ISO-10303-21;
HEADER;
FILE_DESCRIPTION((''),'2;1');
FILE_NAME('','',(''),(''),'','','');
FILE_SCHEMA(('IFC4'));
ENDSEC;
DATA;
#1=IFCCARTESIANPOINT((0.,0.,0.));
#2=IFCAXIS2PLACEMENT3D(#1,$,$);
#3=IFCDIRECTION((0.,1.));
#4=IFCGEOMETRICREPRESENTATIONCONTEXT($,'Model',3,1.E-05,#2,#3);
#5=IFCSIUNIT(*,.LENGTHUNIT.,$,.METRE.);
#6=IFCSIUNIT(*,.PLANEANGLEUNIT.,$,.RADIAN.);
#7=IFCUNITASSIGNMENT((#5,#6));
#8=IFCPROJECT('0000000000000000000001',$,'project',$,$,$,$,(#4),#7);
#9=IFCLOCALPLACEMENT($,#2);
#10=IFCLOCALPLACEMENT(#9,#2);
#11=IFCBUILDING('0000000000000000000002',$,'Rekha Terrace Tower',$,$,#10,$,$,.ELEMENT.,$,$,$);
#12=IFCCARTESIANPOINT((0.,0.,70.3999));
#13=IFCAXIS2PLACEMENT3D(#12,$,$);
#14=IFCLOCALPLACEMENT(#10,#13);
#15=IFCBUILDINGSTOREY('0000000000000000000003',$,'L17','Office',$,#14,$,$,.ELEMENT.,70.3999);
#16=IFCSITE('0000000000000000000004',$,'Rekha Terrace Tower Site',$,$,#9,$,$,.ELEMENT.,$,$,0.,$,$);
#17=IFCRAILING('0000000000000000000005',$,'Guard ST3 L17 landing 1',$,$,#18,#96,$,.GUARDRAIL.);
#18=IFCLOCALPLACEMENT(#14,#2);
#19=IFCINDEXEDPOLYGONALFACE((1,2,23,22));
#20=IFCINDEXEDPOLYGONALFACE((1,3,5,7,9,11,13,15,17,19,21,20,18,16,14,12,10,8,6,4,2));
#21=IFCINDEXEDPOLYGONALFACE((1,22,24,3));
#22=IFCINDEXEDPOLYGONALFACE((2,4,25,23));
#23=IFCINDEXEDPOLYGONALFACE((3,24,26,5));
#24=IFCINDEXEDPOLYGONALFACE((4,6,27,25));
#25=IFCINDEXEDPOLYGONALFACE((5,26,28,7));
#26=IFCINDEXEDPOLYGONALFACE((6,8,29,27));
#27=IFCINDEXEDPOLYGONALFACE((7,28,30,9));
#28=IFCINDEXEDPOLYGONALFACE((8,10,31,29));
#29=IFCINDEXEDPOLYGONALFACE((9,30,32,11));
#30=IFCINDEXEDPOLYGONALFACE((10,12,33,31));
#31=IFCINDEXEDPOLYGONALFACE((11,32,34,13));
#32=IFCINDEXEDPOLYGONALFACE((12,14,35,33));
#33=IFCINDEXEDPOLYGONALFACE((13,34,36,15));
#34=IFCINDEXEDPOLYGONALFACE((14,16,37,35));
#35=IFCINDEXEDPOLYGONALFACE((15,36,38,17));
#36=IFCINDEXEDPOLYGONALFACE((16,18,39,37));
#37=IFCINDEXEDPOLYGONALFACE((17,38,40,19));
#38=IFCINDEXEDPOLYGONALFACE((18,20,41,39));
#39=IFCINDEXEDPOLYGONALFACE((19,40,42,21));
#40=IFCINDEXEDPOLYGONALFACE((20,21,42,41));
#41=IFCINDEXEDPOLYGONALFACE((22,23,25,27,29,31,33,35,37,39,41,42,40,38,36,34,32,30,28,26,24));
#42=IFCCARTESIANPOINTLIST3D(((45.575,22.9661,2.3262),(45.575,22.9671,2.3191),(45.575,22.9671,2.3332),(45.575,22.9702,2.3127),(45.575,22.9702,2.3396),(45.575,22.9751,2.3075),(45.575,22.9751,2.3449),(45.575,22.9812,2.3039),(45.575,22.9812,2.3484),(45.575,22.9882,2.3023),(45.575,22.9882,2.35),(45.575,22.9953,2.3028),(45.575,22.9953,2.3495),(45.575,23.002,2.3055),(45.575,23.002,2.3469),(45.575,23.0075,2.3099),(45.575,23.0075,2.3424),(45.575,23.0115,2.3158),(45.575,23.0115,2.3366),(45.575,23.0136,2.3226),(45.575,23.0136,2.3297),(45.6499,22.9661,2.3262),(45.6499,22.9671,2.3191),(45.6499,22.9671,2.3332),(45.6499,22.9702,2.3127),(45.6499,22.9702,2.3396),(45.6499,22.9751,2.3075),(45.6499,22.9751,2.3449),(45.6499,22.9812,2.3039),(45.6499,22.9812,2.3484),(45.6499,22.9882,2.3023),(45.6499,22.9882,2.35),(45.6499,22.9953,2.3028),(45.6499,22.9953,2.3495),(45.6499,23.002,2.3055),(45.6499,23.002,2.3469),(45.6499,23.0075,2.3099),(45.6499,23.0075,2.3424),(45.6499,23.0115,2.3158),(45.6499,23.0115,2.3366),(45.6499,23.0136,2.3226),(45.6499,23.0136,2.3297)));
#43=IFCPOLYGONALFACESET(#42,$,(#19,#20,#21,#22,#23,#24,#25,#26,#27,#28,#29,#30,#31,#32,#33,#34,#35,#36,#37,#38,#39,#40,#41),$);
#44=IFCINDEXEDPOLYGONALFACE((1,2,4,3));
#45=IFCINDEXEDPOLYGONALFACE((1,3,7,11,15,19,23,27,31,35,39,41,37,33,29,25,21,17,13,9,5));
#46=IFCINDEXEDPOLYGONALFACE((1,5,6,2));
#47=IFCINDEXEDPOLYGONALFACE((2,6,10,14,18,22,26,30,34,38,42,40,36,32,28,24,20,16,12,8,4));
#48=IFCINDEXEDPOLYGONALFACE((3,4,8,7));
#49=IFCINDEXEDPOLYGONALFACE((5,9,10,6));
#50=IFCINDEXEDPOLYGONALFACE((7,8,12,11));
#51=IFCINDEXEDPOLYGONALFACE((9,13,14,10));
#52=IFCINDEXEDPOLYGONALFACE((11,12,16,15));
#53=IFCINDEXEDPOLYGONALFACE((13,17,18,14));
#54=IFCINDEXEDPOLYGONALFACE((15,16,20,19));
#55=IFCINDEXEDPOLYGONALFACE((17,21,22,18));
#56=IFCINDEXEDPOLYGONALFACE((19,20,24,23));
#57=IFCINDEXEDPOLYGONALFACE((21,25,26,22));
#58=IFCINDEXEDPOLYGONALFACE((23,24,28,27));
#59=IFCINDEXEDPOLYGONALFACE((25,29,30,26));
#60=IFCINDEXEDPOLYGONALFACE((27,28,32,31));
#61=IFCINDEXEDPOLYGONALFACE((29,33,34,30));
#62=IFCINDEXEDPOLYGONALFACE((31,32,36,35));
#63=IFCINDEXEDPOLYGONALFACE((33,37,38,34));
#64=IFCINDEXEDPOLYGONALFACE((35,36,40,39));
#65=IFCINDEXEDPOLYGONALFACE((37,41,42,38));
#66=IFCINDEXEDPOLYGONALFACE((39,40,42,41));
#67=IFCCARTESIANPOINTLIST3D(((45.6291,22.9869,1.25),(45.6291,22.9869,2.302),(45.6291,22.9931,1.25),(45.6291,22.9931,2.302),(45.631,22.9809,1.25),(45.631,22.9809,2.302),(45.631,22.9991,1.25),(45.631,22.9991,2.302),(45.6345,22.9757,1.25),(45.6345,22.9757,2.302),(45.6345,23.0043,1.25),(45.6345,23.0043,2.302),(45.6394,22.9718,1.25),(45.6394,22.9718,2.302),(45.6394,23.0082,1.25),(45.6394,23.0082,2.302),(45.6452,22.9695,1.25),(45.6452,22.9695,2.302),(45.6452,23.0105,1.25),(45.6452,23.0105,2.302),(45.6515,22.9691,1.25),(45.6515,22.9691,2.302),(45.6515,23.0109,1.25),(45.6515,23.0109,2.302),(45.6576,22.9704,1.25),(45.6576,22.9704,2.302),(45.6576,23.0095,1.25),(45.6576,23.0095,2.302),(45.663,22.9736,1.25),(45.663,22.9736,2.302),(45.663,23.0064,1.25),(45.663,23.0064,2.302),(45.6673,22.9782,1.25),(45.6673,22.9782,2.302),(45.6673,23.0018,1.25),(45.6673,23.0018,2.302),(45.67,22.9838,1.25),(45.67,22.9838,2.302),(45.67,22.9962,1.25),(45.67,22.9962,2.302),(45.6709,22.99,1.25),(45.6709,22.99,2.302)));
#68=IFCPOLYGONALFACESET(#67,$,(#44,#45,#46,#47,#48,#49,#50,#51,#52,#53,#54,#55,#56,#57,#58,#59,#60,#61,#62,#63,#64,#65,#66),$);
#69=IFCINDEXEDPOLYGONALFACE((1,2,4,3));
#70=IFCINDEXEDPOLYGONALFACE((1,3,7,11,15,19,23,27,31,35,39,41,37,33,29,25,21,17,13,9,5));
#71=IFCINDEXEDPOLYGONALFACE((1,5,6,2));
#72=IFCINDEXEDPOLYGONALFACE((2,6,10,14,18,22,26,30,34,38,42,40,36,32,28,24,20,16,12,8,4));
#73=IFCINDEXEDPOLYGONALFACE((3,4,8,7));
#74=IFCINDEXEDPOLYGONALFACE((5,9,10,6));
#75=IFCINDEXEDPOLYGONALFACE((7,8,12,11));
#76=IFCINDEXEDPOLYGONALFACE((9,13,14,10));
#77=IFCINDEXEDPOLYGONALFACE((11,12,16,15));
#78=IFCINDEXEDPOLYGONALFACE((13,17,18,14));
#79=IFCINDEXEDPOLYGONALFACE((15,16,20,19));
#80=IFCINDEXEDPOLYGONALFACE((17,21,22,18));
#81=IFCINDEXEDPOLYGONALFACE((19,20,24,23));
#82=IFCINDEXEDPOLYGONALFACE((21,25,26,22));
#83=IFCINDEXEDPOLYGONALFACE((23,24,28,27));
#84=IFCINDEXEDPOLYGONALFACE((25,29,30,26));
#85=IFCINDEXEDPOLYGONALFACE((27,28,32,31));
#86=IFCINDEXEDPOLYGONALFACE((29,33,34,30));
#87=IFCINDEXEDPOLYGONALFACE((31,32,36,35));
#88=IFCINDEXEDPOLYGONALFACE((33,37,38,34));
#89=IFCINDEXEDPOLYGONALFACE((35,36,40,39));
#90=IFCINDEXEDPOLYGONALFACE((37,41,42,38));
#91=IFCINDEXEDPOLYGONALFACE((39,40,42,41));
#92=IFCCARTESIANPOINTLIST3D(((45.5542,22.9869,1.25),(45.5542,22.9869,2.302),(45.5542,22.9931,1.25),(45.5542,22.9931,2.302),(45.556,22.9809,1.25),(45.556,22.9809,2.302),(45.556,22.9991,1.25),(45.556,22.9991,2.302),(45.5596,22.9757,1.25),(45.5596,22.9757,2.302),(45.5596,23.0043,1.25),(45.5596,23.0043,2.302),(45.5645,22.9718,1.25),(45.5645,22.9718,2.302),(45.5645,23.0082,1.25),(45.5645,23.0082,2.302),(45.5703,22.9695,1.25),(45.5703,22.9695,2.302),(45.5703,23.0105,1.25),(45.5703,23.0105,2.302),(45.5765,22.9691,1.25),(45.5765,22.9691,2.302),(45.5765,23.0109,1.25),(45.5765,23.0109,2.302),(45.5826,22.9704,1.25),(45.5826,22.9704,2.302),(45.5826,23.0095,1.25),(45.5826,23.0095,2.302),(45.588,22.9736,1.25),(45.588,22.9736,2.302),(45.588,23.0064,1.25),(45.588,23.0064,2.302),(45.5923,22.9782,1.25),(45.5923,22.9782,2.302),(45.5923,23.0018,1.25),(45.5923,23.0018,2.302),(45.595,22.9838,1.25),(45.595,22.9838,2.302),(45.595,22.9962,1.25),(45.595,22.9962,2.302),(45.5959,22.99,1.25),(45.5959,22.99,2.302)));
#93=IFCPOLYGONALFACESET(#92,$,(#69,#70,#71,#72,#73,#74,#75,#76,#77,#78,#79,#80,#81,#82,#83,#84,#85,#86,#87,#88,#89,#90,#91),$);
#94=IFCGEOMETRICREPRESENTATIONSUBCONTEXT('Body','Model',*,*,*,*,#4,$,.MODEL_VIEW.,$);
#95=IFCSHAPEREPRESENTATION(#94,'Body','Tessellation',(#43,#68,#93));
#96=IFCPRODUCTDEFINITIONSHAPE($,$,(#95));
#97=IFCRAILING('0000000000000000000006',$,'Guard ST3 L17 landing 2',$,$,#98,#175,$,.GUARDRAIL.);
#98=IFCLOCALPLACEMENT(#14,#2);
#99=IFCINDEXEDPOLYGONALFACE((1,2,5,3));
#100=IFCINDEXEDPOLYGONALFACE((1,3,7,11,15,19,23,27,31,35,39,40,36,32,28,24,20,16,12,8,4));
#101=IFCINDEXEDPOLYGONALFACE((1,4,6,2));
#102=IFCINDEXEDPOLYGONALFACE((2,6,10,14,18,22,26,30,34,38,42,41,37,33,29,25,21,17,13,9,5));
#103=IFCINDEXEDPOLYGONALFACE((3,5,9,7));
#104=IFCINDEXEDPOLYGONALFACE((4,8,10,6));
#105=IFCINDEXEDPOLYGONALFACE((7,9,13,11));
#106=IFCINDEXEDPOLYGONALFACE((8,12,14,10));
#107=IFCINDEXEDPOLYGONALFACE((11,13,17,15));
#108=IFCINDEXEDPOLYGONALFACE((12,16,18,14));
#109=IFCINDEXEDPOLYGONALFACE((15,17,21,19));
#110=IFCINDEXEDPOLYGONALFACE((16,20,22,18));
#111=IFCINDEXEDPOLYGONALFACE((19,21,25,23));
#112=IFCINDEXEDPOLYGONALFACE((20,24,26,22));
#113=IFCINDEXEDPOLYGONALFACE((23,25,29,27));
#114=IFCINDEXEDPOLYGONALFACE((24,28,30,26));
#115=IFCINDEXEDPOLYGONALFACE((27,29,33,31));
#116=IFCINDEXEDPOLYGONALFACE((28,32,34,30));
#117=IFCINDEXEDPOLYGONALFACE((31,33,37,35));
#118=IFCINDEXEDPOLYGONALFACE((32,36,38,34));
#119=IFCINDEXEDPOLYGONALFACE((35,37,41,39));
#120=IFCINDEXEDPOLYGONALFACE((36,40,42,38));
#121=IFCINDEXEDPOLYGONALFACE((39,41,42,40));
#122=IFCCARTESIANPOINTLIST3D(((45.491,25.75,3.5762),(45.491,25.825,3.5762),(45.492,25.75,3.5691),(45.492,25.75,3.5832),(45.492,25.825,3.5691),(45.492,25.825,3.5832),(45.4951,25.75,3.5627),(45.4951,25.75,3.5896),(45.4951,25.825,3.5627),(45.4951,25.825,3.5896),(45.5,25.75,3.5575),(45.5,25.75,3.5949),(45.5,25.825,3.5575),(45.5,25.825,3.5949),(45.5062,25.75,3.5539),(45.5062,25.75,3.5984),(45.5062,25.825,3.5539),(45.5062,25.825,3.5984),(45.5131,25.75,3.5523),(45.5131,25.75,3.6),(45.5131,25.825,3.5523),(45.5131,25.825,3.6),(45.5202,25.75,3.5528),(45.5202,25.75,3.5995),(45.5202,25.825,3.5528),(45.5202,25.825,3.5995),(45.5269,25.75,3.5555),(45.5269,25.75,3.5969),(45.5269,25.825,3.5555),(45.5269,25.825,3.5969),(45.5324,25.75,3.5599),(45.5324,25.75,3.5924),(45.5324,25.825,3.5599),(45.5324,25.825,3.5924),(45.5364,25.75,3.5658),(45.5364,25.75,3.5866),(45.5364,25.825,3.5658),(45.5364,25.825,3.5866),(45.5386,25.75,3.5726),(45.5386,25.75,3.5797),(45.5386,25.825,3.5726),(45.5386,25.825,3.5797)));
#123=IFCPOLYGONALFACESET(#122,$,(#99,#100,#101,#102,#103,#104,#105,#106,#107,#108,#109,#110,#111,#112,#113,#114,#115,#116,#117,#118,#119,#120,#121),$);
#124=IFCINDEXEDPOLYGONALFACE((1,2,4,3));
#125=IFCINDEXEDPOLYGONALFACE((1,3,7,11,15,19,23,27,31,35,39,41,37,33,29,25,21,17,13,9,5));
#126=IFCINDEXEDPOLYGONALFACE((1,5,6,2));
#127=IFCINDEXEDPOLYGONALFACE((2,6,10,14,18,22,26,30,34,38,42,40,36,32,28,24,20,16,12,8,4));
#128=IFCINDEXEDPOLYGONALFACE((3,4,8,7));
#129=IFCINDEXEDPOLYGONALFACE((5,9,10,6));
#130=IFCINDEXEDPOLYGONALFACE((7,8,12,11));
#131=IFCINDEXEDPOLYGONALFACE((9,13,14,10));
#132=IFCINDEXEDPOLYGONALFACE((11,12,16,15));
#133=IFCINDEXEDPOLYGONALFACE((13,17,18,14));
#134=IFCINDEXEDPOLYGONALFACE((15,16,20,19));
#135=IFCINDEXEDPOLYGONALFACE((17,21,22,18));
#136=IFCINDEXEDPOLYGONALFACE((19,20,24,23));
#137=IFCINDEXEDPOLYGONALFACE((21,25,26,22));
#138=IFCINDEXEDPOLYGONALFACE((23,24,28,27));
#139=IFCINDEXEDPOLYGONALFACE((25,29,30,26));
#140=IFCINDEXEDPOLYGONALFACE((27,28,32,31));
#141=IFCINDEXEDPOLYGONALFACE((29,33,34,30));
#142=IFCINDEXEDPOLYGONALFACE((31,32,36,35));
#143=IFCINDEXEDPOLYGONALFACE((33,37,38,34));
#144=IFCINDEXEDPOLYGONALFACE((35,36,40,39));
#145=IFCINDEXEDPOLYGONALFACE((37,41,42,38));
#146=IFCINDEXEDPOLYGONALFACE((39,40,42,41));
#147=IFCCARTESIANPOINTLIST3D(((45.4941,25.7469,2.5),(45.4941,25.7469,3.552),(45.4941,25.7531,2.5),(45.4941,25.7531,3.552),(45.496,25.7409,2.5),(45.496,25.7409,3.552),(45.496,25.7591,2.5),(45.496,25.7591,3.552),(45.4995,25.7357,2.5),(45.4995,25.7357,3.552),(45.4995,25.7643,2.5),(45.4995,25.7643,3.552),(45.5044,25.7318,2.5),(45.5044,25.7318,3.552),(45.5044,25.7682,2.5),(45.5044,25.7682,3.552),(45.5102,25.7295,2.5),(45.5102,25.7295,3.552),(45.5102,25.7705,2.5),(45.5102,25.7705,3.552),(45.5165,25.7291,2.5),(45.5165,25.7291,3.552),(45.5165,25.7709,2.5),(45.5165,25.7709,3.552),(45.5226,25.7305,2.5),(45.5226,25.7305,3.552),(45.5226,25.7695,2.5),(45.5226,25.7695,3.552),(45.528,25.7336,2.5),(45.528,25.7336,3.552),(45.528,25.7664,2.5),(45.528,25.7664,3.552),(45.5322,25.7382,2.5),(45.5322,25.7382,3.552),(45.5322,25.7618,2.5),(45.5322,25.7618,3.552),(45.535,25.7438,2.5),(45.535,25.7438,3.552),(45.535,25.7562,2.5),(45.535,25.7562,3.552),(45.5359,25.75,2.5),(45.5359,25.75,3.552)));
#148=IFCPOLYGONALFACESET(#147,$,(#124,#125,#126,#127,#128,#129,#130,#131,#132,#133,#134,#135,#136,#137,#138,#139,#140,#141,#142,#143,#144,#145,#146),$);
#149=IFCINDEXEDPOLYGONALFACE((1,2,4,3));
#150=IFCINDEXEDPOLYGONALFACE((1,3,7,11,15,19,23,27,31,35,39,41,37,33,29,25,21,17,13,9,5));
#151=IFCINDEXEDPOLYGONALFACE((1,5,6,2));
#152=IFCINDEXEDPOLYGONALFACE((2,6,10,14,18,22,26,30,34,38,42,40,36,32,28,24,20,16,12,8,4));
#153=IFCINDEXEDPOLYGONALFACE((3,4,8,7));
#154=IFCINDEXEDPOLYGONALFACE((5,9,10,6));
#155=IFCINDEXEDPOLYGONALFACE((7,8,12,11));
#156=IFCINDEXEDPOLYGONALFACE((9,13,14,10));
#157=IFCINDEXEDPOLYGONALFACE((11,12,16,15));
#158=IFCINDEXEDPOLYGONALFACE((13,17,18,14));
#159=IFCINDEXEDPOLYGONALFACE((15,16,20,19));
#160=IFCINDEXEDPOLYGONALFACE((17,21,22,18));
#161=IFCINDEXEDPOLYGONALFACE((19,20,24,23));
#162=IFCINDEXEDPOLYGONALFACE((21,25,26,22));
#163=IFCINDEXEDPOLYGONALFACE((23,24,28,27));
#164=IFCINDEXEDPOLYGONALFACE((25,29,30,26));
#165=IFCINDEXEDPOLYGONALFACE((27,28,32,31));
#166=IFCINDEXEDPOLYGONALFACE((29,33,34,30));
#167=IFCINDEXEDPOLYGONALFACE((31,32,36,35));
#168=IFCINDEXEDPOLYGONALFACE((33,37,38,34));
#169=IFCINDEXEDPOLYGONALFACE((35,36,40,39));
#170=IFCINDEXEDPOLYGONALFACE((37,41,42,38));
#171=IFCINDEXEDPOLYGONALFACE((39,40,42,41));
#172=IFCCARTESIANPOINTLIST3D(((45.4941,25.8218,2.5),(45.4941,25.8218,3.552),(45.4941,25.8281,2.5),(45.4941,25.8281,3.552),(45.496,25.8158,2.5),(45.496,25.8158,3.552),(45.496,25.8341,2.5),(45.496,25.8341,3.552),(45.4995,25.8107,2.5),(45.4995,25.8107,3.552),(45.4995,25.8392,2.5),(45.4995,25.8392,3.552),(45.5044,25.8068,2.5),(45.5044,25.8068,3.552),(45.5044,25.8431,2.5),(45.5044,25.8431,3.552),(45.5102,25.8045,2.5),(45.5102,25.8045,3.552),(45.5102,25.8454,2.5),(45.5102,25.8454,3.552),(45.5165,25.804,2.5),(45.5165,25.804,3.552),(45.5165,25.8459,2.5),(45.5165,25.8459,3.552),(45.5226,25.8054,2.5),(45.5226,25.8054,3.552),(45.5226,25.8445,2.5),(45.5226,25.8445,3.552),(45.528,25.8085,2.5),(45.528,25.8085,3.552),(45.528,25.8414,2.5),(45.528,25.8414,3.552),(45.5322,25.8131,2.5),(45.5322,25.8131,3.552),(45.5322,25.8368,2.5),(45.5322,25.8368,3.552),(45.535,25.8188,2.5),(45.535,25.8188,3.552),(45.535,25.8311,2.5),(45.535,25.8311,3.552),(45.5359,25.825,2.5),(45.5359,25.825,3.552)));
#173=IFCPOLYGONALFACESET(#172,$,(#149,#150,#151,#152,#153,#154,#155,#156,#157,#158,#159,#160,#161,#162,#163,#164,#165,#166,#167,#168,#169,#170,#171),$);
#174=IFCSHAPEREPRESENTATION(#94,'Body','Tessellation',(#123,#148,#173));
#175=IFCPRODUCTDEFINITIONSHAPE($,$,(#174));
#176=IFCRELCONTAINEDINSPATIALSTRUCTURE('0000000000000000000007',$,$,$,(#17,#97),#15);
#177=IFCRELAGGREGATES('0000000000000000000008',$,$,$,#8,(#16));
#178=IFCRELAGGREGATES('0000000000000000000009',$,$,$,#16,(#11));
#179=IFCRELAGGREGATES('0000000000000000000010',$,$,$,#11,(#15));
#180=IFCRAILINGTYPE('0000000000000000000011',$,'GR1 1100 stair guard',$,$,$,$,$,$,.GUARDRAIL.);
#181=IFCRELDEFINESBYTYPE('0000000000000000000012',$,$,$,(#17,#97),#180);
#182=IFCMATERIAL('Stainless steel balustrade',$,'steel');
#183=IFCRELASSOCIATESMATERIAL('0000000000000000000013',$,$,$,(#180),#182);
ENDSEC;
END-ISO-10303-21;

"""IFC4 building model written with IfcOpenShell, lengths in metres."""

from ifc_helpers import new_model, si_unit, direction, frame, origin, origin_2d, place, context, subcontext, project, spatial, circle, extrude, material, type_object, element, save


model = new_model("IFC4")

# Units and contexts
model_context = context("Model", 3, precision=1e-05, world=origin(), true_north=direction((0.0, 1.0)))
body_context = subcontext(model_context, "Body", "Model", "MODEL_VIEW")
ifc_project = project(units=[si_unit("LENGTHUNIT", "METRE"), si_unit("PLANEANGLEUNIT", "RADIAN")], contexts=[model_context])

# Site, building, storey
site_placement = place(None, origin())
site = spatial("IfcSite", under=ifc_project, at=site_placement, Name="Rekha Terrace Tower Site", CompositionType="ELEMENT", RefElevation=0.0)
building_placement = place(site_placement, origin())
building = spatial("IfcBuilding", under=site, at=building_placement, Name="Rekha Terrace Tower", CompositionType="ELEMENT")
storey_placement = place(building_placement, frame((0.0, 0.0, 70.3999)))
storey = spatial("IfcBuildingStorey", under=building, at=storey_placement, Name="L17", Description="Office", CompositionType="ELEMENT", Elevation=70.3999)

# Railings
ifc_material_1 = material(Name="Stainless steel balustrade", Category="steel")
railing_type_1 = type_object("IfcRailingType", Name="GR1 1100 stair guard", PredefinedType="GUARDRAIL", material=ifc_material_1)
railing_1_placement = place(storey_placement, frame((45.6499, 22.99, 1.25)))
element("IfcRailing", 1, at=railing_1_placement, inside=storey, type_object=railing_type_1, Name="Guard ST3 L17 landing 1", PredefinedType="GUARDRAIL", context=body_context, shape_type="SweptSolid", body=[
    extrude(circle(Radius=0.0239, at=origin_2d()), frame((0.0, 0.0, 1.0762), z_axis=(-1.0, 0.0, 0.0), x_axis=(0.0, -1.0, 0.0)), (0.0, 0.0, 1.0), 0.075),
    extrude(circle(Radius=0.021, at=origin_2d()), origin(), (0.0, 0.0, 1.0), 1.052),
    extrude(circle(Radius=0.021, at=origin_2d()), frame((-0.075, 0.0, 0.0)), (0.0, 0.0, 1.0), 1.052),
])
railing_2_placement = place(storey_placement, frame((45.5149, 25.75, 2.5)))
element("IfcRailing", 2, at=railing_2_placement, inside=storey, type_object=railing_type_1, Name="Guard ST3 L17 landing 2", PredefinedType="GUARDRAIL", context=body_context, shape_type="SweptSolid", body=[
    extrude(circle(Radius=0.0239, at=origin_2d()), frame((0.0, 0.0, 1.0762), z_axis=(0.0, 1.0, 0.0), x_axis=(-1.0, 0.0, 0.0)), (0.0, 0.0, 1.0), 0.075),
    extrude(circle(Radius=0.021, at=origin_2d()), origin(), (0.0, 0.0, 1.0), 1.052),
    extrude(circle(Radius=0.021, at=origin_2d()), frame((0.0, 0.075, 0.0)), (0.0, 0.0, 1.0), 1.052),
])

save(model, "model.ifc")
